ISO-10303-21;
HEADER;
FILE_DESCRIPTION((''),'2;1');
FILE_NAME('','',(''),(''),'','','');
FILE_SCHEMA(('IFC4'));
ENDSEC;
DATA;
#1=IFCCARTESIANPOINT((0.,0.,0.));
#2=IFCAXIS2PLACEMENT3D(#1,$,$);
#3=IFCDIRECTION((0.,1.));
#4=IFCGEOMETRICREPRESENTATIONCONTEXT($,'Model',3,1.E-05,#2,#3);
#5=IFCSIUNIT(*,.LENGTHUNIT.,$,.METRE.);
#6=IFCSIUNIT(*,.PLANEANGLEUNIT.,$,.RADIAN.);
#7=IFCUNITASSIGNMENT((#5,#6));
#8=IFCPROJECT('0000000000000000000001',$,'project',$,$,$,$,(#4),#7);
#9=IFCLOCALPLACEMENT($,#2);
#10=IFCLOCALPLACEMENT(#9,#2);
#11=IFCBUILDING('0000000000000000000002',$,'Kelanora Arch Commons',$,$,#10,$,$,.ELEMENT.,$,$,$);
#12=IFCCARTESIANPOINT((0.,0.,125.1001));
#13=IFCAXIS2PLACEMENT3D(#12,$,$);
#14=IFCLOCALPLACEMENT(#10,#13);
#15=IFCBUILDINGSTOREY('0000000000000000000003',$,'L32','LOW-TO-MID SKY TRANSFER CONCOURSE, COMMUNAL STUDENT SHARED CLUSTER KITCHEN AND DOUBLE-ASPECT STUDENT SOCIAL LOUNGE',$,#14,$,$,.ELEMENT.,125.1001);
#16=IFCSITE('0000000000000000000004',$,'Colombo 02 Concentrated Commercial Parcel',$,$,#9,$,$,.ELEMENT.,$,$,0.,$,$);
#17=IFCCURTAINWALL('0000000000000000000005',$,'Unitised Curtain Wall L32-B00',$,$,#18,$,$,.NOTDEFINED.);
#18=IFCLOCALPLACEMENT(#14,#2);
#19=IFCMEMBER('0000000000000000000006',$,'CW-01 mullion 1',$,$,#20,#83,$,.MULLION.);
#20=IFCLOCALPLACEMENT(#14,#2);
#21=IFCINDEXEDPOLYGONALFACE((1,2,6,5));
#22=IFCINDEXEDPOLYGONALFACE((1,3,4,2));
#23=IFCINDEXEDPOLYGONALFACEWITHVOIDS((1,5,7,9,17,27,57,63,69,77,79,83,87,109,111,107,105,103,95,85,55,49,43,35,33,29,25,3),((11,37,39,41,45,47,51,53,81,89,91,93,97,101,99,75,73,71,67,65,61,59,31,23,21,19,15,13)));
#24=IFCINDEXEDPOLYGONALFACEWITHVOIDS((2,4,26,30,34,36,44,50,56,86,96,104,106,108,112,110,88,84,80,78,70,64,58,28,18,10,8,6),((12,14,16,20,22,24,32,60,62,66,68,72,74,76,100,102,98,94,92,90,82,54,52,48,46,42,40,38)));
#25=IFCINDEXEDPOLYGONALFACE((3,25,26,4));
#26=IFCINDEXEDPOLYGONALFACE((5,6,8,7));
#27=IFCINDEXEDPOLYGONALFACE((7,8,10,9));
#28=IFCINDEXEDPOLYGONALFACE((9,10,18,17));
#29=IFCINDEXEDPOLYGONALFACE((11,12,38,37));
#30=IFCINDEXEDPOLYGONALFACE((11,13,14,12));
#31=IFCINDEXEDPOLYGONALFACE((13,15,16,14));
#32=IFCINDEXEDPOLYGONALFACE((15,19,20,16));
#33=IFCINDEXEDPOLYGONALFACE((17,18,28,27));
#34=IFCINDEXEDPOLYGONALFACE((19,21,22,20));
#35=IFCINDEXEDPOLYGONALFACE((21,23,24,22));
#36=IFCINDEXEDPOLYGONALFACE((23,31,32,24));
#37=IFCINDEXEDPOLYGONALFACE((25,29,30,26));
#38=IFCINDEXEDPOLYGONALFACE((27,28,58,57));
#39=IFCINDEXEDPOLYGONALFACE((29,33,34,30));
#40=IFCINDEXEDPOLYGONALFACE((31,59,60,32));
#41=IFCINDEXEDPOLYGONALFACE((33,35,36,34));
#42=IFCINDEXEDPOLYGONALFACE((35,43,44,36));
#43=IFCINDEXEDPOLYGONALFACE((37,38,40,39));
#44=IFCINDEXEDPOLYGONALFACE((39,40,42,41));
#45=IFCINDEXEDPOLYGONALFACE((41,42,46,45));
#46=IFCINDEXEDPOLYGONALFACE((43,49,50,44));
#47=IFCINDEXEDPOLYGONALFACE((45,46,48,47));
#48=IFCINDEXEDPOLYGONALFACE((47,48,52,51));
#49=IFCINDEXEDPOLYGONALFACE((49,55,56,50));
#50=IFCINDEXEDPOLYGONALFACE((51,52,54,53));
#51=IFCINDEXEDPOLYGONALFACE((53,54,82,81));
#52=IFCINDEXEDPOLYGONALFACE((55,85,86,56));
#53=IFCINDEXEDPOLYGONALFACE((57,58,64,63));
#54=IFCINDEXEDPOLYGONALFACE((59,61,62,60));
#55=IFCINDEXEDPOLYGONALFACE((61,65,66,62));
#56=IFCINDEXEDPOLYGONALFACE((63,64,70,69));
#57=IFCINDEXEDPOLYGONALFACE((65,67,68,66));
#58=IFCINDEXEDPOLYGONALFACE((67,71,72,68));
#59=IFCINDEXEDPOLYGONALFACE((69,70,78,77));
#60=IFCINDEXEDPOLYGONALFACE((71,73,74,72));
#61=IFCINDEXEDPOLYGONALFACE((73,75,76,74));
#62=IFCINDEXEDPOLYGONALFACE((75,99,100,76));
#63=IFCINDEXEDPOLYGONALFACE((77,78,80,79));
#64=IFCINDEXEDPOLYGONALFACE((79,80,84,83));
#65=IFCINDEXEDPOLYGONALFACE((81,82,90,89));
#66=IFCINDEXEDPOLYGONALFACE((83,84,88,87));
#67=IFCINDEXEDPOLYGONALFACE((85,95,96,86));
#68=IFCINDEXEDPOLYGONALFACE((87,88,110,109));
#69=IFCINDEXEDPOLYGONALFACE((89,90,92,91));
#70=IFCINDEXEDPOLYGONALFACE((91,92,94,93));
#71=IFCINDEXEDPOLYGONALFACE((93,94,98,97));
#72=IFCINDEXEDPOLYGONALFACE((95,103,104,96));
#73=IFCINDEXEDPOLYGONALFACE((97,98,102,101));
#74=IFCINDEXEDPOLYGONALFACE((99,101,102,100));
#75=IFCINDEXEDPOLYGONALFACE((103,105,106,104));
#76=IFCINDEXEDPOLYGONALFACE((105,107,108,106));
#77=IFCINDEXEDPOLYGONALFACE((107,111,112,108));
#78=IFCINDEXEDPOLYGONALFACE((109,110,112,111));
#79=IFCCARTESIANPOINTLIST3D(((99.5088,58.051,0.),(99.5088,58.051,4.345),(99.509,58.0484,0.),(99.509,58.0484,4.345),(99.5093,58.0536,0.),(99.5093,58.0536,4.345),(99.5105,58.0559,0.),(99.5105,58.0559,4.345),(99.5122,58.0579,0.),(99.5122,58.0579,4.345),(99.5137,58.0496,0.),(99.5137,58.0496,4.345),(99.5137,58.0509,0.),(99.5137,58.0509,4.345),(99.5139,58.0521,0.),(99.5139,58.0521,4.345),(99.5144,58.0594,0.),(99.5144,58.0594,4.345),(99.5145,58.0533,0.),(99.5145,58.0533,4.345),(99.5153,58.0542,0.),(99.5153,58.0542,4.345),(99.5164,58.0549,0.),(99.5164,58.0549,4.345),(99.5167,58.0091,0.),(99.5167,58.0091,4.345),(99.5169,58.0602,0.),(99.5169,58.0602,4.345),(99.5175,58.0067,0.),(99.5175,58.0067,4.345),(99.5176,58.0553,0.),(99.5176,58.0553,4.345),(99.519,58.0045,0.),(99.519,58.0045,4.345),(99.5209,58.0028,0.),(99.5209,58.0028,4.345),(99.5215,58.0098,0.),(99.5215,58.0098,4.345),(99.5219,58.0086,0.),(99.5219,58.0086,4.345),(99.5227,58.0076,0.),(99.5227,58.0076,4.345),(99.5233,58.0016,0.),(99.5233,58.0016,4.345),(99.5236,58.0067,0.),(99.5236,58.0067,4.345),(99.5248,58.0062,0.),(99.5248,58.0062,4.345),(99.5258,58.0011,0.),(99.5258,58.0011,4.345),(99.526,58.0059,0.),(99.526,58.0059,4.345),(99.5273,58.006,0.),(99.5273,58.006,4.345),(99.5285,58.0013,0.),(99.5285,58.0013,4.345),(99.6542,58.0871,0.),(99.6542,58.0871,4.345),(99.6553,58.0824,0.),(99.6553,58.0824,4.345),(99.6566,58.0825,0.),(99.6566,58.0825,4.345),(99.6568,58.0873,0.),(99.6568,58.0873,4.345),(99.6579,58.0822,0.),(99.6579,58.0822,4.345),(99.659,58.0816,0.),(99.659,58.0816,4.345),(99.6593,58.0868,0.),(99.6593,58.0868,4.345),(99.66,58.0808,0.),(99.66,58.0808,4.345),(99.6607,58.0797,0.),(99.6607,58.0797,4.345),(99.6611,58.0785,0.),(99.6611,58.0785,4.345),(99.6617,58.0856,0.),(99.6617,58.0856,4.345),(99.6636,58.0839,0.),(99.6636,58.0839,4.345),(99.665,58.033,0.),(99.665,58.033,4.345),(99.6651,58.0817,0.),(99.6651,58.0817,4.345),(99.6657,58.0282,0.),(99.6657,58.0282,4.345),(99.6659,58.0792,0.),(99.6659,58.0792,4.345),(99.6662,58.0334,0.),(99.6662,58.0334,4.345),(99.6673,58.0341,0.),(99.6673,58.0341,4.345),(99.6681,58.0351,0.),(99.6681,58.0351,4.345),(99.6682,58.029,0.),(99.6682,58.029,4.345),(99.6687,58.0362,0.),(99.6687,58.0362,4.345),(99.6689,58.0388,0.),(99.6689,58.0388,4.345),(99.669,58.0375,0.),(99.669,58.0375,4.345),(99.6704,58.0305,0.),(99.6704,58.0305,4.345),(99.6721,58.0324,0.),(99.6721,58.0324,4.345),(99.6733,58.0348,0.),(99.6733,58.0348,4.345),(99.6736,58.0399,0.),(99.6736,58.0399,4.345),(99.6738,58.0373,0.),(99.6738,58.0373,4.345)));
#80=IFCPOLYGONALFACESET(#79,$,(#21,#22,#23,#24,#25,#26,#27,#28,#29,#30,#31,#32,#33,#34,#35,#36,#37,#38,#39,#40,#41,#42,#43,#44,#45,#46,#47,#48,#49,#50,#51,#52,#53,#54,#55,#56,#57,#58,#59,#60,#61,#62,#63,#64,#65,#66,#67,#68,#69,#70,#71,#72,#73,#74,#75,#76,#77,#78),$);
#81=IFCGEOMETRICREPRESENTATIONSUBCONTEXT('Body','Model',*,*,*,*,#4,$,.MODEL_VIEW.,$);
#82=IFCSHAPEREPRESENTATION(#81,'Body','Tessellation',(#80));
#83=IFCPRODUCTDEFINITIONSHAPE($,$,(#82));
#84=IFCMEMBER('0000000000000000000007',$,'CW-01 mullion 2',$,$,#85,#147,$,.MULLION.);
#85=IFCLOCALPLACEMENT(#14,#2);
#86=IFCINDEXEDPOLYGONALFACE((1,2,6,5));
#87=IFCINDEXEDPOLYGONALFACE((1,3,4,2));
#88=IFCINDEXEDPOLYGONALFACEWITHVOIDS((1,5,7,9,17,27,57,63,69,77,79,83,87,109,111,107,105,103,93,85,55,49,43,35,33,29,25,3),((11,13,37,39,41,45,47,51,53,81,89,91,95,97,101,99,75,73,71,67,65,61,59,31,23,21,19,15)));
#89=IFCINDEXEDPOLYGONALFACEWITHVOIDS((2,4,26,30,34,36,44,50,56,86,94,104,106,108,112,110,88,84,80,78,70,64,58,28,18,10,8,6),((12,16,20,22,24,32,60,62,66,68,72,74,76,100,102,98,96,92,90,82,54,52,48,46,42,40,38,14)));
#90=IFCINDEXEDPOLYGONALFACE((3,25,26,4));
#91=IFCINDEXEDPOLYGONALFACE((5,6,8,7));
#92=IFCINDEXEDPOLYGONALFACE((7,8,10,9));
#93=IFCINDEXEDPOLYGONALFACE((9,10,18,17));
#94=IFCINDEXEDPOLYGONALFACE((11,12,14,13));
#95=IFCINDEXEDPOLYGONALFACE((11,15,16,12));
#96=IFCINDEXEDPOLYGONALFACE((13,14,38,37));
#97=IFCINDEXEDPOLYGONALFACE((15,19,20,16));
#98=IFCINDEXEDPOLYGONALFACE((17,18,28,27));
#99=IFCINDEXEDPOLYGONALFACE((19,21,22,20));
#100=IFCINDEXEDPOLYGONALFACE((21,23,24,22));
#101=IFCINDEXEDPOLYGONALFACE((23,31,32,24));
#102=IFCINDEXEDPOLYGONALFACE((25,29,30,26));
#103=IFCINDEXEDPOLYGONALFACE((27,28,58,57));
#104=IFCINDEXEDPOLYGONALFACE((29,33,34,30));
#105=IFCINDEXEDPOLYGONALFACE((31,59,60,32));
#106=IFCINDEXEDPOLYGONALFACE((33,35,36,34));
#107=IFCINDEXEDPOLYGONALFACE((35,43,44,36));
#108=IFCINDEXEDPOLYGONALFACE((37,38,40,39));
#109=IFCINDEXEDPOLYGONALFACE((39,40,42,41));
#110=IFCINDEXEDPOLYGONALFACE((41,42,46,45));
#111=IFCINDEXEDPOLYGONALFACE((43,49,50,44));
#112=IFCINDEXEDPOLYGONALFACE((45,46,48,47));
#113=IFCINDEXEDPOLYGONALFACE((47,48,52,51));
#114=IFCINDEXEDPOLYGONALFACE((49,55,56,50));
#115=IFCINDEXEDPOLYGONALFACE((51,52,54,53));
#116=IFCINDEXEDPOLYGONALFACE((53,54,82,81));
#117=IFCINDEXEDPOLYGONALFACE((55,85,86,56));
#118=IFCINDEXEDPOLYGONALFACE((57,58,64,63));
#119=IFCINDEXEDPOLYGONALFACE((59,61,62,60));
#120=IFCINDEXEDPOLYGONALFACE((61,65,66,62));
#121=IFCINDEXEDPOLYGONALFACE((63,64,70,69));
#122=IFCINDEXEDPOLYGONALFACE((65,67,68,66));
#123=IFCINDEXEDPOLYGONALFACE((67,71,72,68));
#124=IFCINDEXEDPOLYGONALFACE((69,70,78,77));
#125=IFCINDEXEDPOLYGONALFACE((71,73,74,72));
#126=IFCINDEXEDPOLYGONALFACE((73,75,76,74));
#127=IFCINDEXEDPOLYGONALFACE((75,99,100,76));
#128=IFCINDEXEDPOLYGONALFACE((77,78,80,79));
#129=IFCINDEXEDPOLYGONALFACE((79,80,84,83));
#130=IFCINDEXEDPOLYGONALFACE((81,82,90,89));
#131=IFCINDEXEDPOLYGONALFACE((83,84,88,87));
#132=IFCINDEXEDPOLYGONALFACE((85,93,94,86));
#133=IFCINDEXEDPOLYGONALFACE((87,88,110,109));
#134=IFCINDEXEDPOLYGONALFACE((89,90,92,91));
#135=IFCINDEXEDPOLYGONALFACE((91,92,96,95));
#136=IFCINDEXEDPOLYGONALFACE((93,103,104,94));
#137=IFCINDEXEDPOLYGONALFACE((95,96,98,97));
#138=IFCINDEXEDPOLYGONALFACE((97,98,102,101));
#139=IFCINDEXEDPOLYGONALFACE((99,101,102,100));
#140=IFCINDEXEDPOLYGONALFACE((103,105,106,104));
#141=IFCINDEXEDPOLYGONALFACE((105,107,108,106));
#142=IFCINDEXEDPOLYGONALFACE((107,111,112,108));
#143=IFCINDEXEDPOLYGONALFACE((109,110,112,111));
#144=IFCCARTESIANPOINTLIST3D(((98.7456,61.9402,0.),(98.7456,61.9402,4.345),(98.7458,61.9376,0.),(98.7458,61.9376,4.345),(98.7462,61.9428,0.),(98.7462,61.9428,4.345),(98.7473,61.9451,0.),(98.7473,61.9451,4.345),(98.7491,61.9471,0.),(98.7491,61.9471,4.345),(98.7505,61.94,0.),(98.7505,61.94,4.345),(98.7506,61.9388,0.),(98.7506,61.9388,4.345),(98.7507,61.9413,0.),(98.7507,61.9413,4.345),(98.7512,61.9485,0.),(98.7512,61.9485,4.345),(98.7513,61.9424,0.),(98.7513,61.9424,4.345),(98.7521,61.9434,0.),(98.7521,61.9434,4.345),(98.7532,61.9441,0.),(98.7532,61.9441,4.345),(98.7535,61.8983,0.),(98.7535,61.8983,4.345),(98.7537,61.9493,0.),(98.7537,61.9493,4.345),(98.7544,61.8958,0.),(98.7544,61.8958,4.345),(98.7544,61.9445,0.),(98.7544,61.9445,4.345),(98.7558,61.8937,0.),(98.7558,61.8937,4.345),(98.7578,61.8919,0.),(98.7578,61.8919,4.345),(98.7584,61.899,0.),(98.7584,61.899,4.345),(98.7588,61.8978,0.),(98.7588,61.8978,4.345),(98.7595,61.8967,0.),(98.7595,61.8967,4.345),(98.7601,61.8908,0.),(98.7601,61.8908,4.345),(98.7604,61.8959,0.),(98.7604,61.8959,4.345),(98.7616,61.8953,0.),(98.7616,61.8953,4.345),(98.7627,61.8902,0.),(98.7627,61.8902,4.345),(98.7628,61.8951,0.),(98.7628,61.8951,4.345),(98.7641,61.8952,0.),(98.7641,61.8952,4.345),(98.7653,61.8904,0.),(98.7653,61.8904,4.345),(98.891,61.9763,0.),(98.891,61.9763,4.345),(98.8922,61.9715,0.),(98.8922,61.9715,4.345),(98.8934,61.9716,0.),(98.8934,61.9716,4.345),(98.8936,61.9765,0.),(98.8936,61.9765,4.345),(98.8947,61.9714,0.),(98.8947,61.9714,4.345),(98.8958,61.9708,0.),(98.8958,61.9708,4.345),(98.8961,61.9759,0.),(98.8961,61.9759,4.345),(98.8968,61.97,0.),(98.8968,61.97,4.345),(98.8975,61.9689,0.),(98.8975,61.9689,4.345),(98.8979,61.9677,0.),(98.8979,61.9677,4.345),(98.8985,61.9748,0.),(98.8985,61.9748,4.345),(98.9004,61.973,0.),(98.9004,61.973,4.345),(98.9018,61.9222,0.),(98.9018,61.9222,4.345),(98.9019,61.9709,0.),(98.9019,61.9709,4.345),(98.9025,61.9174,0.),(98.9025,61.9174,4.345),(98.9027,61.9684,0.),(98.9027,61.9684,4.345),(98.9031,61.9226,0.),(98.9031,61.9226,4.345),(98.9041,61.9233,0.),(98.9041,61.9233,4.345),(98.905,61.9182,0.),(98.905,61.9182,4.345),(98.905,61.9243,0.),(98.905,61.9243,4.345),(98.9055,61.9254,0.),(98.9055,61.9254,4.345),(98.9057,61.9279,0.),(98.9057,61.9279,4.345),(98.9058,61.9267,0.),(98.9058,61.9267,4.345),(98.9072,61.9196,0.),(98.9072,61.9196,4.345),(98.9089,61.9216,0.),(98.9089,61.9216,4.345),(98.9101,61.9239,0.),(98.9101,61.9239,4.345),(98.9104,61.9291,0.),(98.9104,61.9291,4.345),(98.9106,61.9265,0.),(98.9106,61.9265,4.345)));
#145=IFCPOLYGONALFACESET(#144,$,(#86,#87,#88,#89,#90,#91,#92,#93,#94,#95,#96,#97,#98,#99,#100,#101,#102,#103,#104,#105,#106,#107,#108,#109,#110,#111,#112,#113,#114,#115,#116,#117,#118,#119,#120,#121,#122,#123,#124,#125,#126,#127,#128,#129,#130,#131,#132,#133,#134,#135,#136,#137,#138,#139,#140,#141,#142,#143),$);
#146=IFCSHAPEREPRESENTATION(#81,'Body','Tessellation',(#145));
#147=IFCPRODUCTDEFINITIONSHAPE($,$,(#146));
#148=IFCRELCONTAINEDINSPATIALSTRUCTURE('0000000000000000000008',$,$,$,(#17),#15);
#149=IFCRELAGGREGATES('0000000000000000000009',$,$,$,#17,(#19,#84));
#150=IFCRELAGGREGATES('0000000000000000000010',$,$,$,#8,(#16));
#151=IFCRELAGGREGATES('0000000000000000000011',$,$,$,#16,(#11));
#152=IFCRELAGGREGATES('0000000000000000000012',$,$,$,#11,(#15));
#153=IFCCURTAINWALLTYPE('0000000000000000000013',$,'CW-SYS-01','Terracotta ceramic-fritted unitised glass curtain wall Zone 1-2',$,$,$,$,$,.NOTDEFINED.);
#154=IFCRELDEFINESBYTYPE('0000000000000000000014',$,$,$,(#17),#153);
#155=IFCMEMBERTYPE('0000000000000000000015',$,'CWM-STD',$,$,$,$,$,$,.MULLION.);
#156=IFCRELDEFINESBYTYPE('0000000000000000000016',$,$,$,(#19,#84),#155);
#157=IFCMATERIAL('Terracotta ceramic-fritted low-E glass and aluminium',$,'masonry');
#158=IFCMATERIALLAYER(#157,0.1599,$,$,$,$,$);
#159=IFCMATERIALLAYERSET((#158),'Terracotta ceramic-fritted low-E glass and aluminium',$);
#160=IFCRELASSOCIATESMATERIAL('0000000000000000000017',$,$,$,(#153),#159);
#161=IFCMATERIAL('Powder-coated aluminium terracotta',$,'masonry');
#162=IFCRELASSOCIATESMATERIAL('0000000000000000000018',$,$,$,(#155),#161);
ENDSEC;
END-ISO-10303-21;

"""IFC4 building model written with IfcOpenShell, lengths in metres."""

from ifc_helpers import new_model, si_unit, direction, frame, origin, origin_2d, place, context, subcontext, project, spatial, hollow_rectangle, extrude, material, layer, layer_set, material_profile, profile_set, type_object, element, aggregate, save


model = new_model("IFC4")

# Units and contexts
model_context = context("Model", 3, precision=1e-05, world=origin(), true_north=direction((0.0, 1.0)))
body_context = subcontext(model_context, "Body", "Model", "MODEL_VIEW")
ifc_project = project(units=[si_unit("LENGTHUNIT", "METRE"), si_unit("PLANEANGLEUNIT", "RADIAN")], contexts=[model_context])

# Site, building, storey
site_placement = place(None, origin())
site = spatial("IfcSite", under=ifc_project, at=site_placement, Name="Colombo 02 Concentrated Commercial Parcel", CompositionType="ELEMENT", RefElevation=0.0)
building_placement = place(site_placement, origin())
building = spatial("IfcBuilding", under=site, at=building_placement, Name="Kelanora Arch Commons", CompositionType="ELEMENT")
storey_placement = place(building_placement, frame((0.0, 0.0, 125.1001)))
storey = spatial("IfcBuildingStorey", under=building, at=storey_placement, Name="L32", Description="LOW-TO-MID SKY TRANSFER CONCOURSE, COMMUNAL STUDENT SHARED CLUSTER KITCHEN AND DOUBLE-ASPECT STUDENT SOCIAL LOUNGE", CompositionType="ELEMENT", Elevation=125.1001)

# Curtain wall, members
ifc_material_1 = material(Name="Terracotta ceramic-fritted low-E glass and aluminium", Category="masonry")
ifc_layer_1 = layer(ifc_material_1, 0.1599)
ifc_layer_set_1 = layer_set([ifc_layer_1], Name="Terracotta ceramic-fritted low-E glass and aluminium")
curtain_wall_type = type_object("IfcCurtainWallType", Name="CW-SYS-01", Description="Terracotta ceramic-fritted unitised glass curtain wall Zone 1-2", PredefinedType="NOTDEFINED", material=ifc_layer_set_1)
curtain_wall_placement = place(storey_placement, origin())
curtain_wall = element("IfcCurtainWall", 1, at=curtain_wall_placement, inside=storey, type_object=curtain_wall_type, Name="Unitised Curtain Wall L32-B00", PredefinedType="NOTDEFINED")
ifc_material_2 = material(Name="Powder-coated aluminium terracotta", Category="masonry")
ifc_material_profile_1 = material_profile(ifc_material_2, hollow_rectangle(XDim=0.1599, YDim=0.0601, WallThickness=0.0049, InnerFilletRadius=0.0049, OuterFilletRadius=0.01, at=origin_2d()), Name="CWM160x60")
ifc_profile_set_1 = profile_set([ifc_material_profile_1], Name="Powder-coated aluminium terracotta")
member_type_1 = type_object("IfcMemberType", Name="CWM-STD", PredefinedType="MULLION", material=ifc_profile_set_1)
member_1_placement = place(storey_placement, frame((99.5913, 58.0442, 0.0), z_axis=(0.0, 0.0, 1.0), x_axis=(-0.98128, -0.192585, 0.0)))
member_1 = element("IfcMember", 2, at=member_1_placement, type_object=member_type_1, Name="CW-01 mullion 1", PredefinedType="MULLION", context=body_context, shape_type="SweptSolid", body=[
    extrude(hollow_rectangle(XDim=0.1599, YDim=0.0601, WallThickness=0.0049, InnerFilletRadius=0.0049, OuterFilletRadius=0.01, at=origin_2d()), origin(), (0.0, 0.0, 1.0), 4.345),
])
member_2_placement = place(storey_placement, frame((98.8281, 61.9333, 0.0), z_axis=(0.0, 0.0, 1.0), x_axis=(-0.98128, -0.192585, 0.0)))
member_2 = element("IfcMember", 3, at=member_2_placement, type_object=member_type_1, Name="CW-01 mullion 2", PredefinedType="MULLION", context=body_context, shape_type="SweptSolid", body=[
    extrude(hollow_rectangle(XDim=0.1599, YDim=0.0601, WallThickness=0.0049, InnerFilletRadius=0.0049, OuterFilletRadius=0.01, at=origin_2d()), origin(), (0.0, 0.0, 1.0), 4.345),
])
aggregate(curtain_wall, [member_1, member_2])

save(model, "model.ifc")
